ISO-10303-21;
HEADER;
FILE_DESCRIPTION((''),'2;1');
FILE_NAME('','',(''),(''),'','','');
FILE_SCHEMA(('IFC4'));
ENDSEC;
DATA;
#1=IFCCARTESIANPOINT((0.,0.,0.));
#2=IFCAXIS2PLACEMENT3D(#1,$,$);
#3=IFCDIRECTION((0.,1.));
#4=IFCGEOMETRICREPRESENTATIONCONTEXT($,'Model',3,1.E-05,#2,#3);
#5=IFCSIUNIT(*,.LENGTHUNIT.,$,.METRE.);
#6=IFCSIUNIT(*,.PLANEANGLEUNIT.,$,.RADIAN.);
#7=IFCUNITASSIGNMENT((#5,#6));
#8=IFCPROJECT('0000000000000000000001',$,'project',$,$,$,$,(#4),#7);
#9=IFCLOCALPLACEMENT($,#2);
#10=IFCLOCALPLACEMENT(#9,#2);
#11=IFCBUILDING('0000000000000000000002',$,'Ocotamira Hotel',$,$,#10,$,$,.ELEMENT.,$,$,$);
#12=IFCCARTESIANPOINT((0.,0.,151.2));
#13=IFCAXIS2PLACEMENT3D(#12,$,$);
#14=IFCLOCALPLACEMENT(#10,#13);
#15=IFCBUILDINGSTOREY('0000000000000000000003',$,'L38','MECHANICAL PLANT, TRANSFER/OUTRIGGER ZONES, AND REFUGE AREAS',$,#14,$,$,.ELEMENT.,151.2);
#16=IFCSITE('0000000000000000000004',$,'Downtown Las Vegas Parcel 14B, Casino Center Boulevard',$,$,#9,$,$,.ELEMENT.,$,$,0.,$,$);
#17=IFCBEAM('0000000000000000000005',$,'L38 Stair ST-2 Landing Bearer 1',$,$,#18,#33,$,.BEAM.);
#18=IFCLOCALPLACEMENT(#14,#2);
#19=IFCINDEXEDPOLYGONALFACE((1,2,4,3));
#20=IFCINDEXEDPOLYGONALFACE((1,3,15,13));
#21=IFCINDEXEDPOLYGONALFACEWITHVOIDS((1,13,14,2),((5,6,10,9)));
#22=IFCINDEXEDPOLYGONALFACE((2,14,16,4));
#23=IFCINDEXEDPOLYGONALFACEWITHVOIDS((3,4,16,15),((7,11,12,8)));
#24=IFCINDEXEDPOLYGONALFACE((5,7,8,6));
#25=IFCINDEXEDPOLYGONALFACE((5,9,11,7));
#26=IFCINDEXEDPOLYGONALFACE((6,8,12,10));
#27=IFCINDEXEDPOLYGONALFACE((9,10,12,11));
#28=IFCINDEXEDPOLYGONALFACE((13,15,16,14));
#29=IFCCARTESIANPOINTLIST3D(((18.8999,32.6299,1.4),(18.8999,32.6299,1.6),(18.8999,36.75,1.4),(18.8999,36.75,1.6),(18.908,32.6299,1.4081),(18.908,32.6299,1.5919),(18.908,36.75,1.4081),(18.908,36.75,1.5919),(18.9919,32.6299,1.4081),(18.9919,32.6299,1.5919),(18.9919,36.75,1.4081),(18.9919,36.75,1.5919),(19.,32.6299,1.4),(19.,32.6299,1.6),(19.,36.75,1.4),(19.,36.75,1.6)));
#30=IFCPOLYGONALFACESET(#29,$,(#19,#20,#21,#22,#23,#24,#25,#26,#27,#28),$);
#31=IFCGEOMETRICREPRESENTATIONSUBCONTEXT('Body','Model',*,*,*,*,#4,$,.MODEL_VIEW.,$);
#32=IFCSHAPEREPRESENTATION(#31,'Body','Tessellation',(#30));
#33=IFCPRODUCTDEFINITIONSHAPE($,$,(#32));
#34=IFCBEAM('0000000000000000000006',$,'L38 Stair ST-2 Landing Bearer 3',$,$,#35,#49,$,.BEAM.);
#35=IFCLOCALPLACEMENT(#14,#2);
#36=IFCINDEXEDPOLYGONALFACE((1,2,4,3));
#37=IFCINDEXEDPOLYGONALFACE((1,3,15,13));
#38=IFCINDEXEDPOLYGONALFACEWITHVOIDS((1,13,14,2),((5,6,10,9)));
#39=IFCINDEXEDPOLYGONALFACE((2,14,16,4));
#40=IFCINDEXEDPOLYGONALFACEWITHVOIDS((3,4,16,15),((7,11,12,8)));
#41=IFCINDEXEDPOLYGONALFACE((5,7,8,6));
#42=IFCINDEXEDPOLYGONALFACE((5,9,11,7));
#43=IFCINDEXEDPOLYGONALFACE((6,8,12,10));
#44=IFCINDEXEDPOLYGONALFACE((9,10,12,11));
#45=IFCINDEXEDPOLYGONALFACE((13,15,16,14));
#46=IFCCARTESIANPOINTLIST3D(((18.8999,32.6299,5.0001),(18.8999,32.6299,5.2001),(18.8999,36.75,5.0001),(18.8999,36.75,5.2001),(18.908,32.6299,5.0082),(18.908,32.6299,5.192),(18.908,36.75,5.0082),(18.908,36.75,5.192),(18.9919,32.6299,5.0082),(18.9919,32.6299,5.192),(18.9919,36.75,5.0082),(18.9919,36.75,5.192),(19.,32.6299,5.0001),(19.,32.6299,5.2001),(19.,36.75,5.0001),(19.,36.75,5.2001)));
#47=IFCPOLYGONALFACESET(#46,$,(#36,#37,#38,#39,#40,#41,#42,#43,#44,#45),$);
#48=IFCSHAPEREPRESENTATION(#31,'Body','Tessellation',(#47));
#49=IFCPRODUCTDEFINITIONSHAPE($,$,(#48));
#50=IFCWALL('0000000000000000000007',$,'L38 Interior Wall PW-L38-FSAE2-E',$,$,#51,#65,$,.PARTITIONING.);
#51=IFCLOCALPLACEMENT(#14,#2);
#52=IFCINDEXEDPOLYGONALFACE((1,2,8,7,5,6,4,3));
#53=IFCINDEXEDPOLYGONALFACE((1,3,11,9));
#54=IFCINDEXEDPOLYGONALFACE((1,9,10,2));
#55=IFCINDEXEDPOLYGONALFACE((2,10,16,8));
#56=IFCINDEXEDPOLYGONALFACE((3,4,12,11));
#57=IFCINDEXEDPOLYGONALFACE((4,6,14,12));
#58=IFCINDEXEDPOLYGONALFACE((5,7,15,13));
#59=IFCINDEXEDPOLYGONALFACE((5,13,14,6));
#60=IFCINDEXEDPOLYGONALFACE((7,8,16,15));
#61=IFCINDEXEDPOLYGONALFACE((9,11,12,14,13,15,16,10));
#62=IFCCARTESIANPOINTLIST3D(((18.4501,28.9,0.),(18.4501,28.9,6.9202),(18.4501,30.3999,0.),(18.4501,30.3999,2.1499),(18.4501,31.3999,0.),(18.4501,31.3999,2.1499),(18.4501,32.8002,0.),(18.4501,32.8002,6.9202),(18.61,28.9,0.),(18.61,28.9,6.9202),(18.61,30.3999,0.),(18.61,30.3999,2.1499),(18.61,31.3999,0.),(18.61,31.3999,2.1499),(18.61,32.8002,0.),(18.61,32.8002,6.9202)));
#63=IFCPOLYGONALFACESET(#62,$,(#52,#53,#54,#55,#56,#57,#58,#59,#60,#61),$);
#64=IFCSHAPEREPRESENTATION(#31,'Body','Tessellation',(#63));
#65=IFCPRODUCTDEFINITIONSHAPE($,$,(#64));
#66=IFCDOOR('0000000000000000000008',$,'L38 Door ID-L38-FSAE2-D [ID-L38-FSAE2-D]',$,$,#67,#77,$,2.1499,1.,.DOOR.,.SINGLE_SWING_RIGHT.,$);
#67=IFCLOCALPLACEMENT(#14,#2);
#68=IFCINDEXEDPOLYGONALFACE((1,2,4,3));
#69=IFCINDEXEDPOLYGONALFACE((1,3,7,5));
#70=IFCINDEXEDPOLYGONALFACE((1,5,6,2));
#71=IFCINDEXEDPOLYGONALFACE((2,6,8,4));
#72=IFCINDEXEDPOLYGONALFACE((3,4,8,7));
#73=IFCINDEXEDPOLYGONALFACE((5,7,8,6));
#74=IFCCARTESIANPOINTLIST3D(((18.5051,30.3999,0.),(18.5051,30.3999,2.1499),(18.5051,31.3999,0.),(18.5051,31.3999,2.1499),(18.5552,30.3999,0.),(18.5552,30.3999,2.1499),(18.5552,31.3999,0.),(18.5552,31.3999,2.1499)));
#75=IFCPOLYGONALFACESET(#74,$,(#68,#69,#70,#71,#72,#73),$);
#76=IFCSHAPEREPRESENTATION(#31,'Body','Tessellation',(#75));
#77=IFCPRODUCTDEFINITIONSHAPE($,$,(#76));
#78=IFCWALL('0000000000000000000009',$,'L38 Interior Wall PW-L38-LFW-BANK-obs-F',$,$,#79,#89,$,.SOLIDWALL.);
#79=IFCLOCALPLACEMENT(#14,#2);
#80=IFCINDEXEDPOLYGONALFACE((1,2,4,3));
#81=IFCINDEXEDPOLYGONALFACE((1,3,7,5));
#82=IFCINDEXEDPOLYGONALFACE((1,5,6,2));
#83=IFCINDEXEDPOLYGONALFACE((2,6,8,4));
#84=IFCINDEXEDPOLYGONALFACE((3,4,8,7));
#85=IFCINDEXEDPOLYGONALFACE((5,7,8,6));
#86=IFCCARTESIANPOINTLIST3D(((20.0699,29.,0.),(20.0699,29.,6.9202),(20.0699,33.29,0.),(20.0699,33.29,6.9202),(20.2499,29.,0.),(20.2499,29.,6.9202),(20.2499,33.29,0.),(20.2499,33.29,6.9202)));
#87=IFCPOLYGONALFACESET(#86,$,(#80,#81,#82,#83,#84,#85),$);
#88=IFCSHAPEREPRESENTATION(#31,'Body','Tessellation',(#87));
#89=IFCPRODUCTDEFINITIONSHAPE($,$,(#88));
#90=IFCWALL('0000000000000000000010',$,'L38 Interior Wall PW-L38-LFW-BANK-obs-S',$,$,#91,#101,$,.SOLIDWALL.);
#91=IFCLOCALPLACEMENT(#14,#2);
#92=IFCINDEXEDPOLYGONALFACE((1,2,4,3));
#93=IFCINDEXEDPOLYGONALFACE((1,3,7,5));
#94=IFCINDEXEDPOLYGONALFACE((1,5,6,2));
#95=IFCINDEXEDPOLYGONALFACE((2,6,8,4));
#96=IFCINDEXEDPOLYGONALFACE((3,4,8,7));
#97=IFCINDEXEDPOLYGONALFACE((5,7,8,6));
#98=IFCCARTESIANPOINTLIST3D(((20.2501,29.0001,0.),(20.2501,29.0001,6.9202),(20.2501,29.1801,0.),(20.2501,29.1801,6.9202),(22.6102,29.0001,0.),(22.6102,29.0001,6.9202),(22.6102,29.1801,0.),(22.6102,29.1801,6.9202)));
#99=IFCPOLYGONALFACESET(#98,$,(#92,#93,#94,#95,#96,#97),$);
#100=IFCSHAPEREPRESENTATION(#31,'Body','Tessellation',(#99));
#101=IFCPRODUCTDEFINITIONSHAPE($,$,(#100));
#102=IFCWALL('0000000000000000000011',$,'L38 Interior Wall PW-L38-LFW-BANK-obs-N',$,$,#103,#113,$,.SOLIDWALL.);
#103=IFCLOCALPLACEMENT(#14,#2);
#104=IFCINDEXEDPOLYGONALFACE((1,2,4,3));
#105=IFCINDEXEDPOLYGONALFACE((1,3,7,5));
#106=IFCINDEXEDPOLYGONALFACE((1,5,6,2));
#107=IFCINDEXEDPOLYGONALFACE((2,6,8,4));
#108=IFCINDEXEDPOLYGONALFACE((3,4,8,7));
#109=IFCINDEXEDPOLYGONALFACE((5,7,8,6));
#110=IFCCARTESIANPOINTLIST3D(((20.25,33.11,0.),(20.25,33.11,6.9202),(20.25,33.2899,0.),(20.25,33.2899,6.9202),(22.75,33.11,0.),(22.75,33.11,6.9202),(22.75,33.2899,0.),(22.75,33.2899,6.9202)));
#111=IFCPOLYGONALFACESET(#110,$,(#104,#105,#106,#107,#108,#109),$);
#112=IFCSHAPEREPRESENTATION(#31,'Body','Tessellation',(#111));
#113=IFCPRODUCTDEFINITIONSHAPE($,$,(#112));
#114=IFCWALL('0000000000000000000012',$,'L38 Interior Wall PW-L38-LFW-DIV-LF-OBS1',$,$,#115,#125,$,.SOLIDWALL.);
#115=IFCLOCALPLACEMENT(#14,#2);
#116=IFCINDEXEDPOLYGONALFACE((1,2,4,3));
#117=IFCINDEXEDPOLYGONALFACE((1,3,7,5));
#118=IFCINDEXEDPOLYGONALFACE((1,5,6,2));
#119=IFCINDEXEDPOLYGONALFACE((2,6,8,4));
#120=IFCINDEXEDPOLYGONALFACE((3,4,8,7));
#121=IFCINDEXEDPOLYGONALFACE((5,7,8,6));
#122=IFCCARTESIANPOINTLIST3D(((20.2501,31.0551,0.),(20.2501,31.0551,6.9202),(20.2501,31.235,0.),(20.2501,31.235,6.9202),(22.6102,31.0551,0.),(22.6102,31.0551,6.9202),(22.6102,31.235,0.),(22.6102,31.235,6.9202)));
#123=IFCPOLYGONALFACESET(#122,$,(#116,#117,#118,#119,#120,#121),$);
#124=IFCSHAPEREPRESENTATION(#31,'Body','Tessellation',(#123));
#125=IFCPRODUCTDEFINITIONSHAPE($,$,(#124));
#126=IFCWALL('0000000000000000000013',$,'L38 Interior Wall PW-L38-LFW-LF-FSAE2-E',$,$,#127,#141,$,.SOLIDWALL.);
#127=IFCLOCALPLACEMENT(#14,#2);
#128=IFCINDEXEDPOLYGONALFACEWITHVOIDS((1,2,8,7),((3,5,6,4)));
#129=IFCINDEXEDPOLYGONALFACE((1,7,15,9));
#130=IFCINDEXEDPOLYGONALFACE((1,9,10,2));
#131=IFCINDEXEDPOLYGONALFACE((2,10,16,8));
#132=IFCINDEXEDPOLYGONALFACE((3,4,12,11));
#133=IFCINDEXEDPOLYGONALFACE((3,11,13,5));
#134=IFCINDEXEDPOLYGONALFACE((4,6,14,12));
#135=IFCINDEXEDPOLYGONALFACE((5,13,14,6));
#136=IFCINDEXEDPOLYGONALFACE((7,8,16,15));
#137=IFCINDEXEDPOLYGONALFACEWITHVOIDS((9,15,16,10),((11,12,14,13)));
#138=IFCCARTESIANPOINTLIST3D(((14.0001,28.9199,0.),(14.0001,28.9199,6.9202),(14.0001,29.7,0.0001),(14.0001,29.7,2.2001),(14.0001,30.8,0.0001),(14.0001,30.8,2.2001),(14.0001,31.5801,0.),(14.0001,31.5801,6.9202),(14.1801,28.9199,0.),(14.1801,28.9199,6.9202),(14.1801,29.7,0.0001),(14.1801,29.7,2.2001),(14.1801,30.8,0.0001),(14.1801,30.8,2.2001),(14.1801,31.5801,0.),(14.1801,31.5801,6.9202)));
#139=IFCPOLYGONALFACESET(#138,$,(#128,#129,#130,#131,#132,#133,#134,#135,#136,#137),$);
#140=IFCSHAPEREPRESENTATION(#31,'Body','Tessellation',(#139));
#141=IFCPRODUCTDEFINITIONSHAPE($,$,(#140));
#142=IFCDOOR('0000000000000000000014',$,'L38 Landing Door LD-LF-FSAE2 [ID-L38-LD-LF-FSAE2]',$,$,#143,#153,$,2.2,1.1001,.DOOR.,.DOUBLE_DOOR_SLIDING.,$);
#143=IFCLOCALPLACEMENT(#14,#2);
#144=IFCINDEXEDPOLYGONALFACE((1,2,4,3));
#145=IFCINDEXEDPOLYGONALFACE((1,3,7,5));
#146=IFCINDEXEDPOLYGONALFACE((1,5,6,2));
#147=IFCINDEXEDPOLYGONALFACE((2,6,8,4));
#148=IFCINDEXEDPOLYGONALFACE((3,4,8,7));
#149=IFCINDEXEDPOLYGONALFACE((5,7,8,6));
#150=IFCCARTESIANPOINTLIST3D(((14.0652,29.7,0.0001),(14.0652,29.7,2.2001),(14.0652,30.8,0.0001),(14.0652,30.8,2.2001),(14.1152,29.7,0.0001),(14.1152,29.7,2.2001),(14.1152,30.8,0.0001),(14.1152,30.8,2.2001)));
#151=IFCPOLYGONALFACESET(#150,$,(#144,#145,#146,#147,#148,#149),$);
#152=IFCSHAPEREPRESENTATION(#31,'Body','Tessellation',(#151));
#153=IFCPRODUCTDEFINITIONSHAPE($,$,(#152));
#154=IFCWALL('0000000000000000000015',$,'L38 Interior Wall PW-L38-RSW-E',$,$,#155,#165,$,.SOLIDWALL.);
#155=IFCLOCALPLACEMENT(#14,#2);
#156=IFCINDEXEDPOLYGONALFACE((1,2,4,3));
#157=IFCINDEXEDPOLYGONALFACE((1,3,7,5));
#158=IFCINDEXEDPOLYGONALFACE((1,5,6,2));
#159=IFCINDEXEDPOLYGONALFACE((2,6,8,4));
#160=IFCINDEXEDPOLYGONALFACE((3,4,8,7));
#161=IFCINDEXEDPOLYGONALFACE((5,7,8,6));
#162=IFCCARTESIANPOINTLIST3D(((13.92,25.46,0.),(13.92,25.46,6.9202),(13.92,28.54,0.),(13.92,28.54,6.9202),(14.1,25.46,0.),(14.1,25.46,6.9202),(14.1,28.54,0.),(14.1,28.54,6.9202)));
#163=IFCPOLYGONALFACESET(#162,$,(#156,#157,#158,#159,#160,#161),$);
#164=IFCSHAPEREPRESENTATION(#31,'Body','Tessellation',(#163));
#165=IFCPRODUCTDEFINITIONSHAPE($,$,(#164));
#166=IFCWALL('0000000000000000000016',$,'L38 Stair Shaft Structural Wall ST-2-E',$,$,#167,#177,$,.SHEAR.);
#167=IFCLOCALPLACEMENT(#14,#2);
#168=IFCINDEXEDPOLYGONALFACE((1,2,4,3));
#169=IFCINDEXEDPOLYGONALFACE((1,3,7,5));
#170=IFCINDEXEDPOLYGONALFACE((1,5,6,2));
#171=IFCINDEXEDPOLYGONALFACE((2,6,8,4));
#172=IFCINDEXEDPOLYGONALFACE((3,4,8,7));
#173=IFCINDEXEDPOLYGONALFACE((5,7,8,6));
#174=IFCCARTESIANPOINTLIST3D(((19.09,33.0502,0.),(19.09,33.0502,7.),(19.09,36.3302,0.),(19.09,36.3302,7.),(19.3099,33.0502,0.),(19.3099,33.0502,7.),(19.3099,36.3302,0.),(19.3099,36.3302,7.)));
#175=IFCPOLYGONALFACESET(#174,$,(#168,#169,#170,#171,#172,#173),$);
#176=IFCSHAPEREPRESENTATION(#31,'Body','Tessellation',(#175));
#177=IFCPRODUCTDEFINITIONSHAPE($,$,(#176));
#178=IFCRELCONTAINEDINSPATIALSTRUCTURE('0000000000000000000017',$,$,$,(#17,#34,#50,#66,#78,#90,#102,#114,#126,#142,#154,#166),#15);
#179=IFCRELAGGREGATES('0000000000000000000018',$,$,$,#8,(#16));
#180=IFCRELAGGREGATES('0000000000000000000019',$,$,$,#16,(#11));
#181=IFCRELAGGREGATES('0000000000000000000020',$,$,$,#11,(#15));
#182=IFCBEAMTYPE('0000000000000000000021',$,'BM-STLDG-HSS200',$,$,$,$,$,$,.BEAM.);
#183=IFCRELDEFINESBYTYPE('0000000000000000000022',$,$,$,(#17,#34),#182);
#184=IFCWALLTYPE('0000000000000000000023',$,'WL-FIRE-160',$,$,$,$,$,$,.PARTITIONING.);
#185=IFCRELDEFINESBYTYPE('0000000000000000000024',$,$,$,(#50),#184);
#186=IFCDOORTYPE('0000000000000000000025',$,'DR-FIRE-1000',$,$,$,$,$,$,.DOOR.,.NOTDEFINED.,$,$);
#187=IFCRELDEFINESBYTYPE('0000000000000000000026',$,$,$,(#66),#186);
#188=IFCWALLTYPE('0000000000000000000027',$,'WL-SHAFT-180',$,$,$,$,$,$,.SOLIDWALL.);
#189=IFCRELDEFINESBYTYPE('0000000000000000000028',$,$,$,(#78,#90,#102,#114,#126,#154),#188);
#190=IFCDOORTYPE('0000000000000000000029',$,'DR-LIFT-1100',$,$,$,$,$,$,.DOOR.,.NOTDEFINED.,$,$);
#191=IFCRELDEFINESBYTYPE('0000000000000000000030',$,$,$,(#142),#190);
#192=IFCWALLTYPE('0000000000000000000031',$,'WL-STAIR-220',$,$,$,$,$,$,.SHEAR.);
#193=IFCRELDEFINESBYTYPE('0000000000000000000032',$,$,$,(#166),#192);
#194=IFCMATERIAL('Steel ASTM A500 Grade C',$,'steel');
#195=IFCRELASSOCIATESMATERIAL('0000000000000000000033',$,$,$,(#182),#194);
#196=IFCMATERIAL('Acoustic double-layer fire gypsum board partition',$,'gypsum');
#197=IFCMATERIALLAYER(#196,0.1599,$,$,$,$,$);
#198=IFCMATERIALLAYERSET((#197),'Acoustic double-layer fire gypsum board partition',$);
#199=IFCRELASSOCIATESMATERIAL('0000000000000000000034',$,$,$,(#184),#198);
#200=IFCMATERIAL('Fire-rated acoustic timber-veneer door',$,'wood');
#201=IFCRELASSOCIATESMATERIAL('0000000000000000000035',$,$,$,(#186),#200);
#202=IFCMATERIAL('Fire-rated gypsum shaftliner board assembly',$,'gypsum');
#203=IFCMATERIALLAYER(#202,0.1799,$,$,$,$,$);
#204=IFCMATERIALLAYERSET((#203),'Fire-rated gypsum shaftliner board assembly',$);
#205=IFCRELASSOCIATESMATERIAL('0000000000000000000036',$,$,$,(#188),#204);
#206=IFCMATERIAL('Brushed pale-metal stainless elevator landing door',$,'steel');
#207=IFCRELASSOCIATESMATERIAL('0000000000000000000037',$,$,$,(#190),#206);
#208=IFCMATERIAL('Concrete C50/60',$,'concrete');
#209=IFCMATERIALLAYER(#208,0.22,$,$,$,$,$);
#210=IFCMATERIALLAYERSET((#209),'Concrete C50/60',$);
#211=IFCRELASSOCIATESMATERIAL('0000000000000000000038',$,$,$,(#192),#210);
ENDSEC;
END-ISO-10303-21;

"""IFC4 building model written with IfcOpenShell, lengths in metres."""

from ifc_helpers import new_model, si_unit, direction, frame, frame_2d, origin, origin_2d, place, context, subcontext, project, spatial, rectangle, hollow_rectangle, extrude, source, transform, mapped, material, layer, layer_set, material_profile, profile_set, type_object, element, fill, save


model = new_model("IFC4")

# Units and contexts
model_context = context("Model", 3, precision=1e-05, world=origin(), true_north=direction((0.0, 1.0)))
body_context = subcontext(model_context, "Body", "Model", "MODEL_VIEW")
ifc_project = project(units=[si_unit("LENGTHUNIT", "METRE"), si_unit("PLANEANGLEUNIT", "RADIAN")], contexts=[model_context])

# Site, building, storey
site_placement = place(None, origin())
site = spatial("IfcSite", under=ifc_project, at=site_placement, Name="Downtown Las Vegas Parcel 14B, Casino Center Boulevard", CompositionType="ELEMENT", RefElevation=0.0)
building_placement = place(site_placement, origin())
building = spatial("IfcBuilding", under=site, at=building_placement, Name="Ocotamira Hotel", CompositionType="ELEMENT")
storey_placement = place(building_placement, frame((0.0, 0.0, 151.2)))
storey = spatial("IfcBuildingStorey", under=building, at=storey_placement, Name="L38", Description="MECHANICAL PLANT, TRANSFER/OUTRIGGER ZONES, AND REFUGE AREAS", CompositionType="ELEMENT", Elevation=151.2)

# Beams
ifc_material_1 = material(Name="Steel ASTM A500 Grade C", Category="steel")
ifc_material_profile = material_profile(ifc_material_1, hollow_rectangle(XDim=0.1001, YDim=0.2, WallThickness=0.0081, at=origin_2d()), Name="HSS200X100X8")
ifc_profile_set = profile_set([ifc_material_profile], Name="Steel ASTM A500 Grade C")
beam_type = type_object("IfcBeamType", Name="BM-STLDG-HSS200", PredefinedType="BEAM", material=ifc_profile_set)
shared_shape_1 = source(origin(), body_context, "Body", "SweptSolid", [
    extrude(hollow_rectangle(XDim=0.1001, YDim=0.2, WallThickness=0.0081, at=origin_2d()), origin(), (0.0, 0.0, 1.0), 4.1201),
])
for number, where, z_axis, x_axis, name in (
    (1, (18.95, 32.6299, 1.5), (0.0, 1.0, 0.0), (-1.0, 0.0, 0.0), "L38 Stair ST-2 Landing Bearer 1"),
    (2, (18.95, 32.6299, 5.1001), (0.0, 1.0, 0.0), (-1.0, 0.0, 0.0), "L38 Stair ST-2 Landing Bearer 3"),
):
    element("IfcBeam", number, at=place(storey_placement, frame(where, z_axis=z_axis, x_axis=x_axis)), inside=storey, type_object=beam_type, Name=name, PredefinedType="BEAM", context=body_context, shape_type="MappedRepresentation", body=[
        mapped(shared_shape_1, transform((0.0, 0.0, 0.0), scale=1.0)),
    ])

# Wall, opening, door
ifc_material_2 = material(Name="Acoustic double-layer fire gypsum board partition", Category="gypsum")
ifc_layer_1 = layer(ifc_material_2, 0.1599)
ifc_layer_set_1 = layer_set([ifc_layer_1], Name="Acoustic double-layer fire gypsum board partition")
wall_type_1 = type_object("IfcWallType", Name="WL-FIRE-160", PredefinedType="PARTITIONING", material=ifc_layer_set_1)
wall_1_placement = place(storey_placement, frame((18.53, 28.8999, 0.0), z_axis=(0.0, 0.0, 1.0), x_axis=(0.0, 1.0, 0.0)))
wall_1 = element("IfcWall", 3, at=wall_1_placement, inside=storey, type_object=wall_type_1, Name="L38 Interior Wall PW-L38-FSAE2-E", PredefinedType="PARTITIONING", context=body_context, shape_type="SweptSolid", body=[
    extrude(rectangle(XDim=3.9001, YDim=0.1599, at=frame_2d((1.9502, 0.0))), origin(), (0.0, 0.0, 1.0), 6.9202),
])
opening_1_placement = place(wall_1_placement, frame((1.5, 0.0, 0.0)))
opening_1 = element("IfcOpeningElement", 4, at=opening_1_placement, cuts=wall_1, PredefinedType="OPENING", context=body_context, shape_type="SweptSolid", body=[
    extrude(rectangle(XDim=1.0, YDim=2.1499, at=frame_2d((0.5, 1.075))), frame((0.0, 0.0898, 0.0), z_axis=(0.0, -1.0, 0.0), x_axis=(1.0, 0.0, 0.0)), (0.0, 0.0, 1.0), 0.1799),
])
ifc_material_3 = material(Name="Fire-rated acoustic timber-veneer door", Category="wood")
door_type_1 = type_object("IfcDoorType", Name="DR-FIRE-1000", OperationType="NOTDEFINED", PredefinedType="DOOR", material=ifc_material_3)
shared_shape_2 = source(origin(), body_context, "Body", "SweptSolid", [
    extrude(rectangle(XDim=1.0, YDim=2.1499, at=frame_2d((0.5, 1.075))), frame((0.0, 0.0249, 0.0), z_axis=(0.0, -1.0, 0.0), x_axis=(1.0, 0.0, 0.0)), (0.0, 0.0, 1.0), 0.05),
])
door_1_placement = place(opening_1_placement, origin())
door_1 = element("IfcDoor", 5, at=door_1_placement, inside=storey, type_object=door_type_1, Name="L38 Door ID-L38-FSAE2-D [ID-L38-FSAE2-D]", OperationType="SINGLE_SWING_RIGHT", OverallHeight=2.1499, OverallWidth=1.0, PredefinedType="DOOR", context=body_context, shape_type="MappedRepresentation", body=[
    mapped(shared_shape_2, transform((0.0, 0.0, 0.0), scale=1.0)),
])
fill(opening_1, door_1)

# Walls
ifc_material_4 = material(Name="Fire-rated gypsum shaftliner board assembly", Category="gypsum")
ifc_layer_2 = layer(ifc_material_4, 0.1799)
ifc_layer_set_2 = layer_set([ifc_layer_2], Name="Fire-rated gypsum shaftliner board assembly")
wall_type_2 = type_object("IfcWallType", Name="WL-SHAFT-180", PredefinedType="SOLIDWALL", material=ifc_layer_set_2)
wall_2_placement = place(storey_placement, frame((20.1599, 29.0, 0.0), z_axis=(0.0, 0.0, 1.0), x_axis=(0.0, 1.0, 0.0)))
element("IfcWall", 6, at=wall_2_placement, inside=storey, type_object=wall_type_2, Name="L38 Interior Wall PW-L38-LFW-BANK-obs-F", PredefinedType="SOLIDWALL", context=body_context, shape_type="SweptSolid", body=[
    extrude(rectangle(XDim=4.29, YDim=0.1799, at=frame_2d((2.145, 0.0))), origin(), (0.0, 0.0, 1.0), 6.9202),
])
wall_3_placement = place(storey_placement, frame((20.25, 29.0901, 0.0), z_axis=(0.0, 0.0, 1.0), x_axis=(1.0, 0.0, 0.0)))
element("IfcWall", 7, at=wall_3_placement, inside=storey, type_object=wall_type_2, Name="L38 Interior Wall PW-L38-LFW-BANK-obs-S", PredefinedType="SOLIDWALL", context=body_context, shape_type="SweptSolid", body=[
    extrude(rectangle(XDim=2.3601, YDim=0.1799, at=frame_2d((1.1802, 0.0))), origin(), (0.0, 0.0, 1.0), 6.9202),
])
wall_4_placement = place(storey_placement, frame((20.25, 33.2, 0.0), z_axis=(0.0, 0.0, 1.0), x_axis=(1.0, 0.0, 0.0)))
element("IfcWall", 8, at=wall_4_placement, inside=storey, type_object=wall_type_2, Name="L38 Interior Wall PW-L38-LFW-BANK-obs-N", PredefinedType="SOLIDWALL", context=body_context, shape_type="SweptSolid", body=[
    extrude(rectangle(XDim=2.5, YDim=0.1799, at=frame_2d((1.25, 0.0))), origin(), (0.0, 0.0, 1.0), 6.9202),
])
wall_5_placement = place(storey_placement, frame((20.25, 31.145, 0.0), z_axis=(0.0, 0.0, 1.0), x_axis=(1.0, 0.0, 0.0)))
element("IfcWall", 9, at=wall_5_placement, inside=storey, type_object=wall_type_2, Name="L38 Interior Wall PW-L38-LFW-DIV-LF-OBS1", PredefinedType="SOLIDWALL", context=body_context, shape_type="SweptSolid", body=[
    extrude(rectangle(XDim=2.3601, YDim=0.1799, at=frame_2d((1.1802, 0.0))), origin(), (0.0, 0.0, 1.0), 6.9202),
])

# Wall, opening, door
wall_6_placement = place(storey_placement, frame((14.0901, 28.9199, 0.0), z_axis=(0.0, 0.0, 1.0), x_axis=(0.0, 1.0, 0.0)))
wall_6 = element("IfcWall", 10, at=wall_6_placement, inside=storey, type_object=wall_type_2, Name="L38 Interior Wall PW-L38-LFW-LF-FSAE2-E", PredefinedType="SOLIDWALL", context=body_context, shape_type="SweptSolid", body=[
    extrude(rectangle(XDim=2.6602, YDim=0.1799, at=frame_2d((1.3301, 0.0))), origin(), (0.0, 0.0, 1.0), 6.9202),
])
opening_2_placement = place(wall_6_placement, frame((0.78, 0.0, 0.0)))
opening_2 = element("IfcOpeningElement", 11, at=opening_2_placement, cuts=wall_6, PredefinedType="OPENING", context=body_context, shape_type="SweptSolid", body=[
    extrude(rectangle(XDim=1.1001, YDim=2.2, at=frame_2d((0.55, 1.1001))), frame((0.0, 0.1001, 0.0), z_axis=(0.0, -1.0, 0.0), x_axis=(1.0, 0.0, 0.0)), (0.0, 0.0, 1.0), 0.2),
])
ifc_material_5 = material(Name="Brushed pale-metal stainless elevator landing door", Category="steel")
door_type_2 = type_object("IfcDoorType", Name="DR-LIFT-1100", OperationType="NOTDEFINED", PredefinedType="DOOR", material=ifc_material_5)
shared_shape_3 = source(origin(), body_context, "Body", "SweptSolid", [
    extrude(rectangle(XDim=1.1001, YDim=2.2, at=frame_2d((0.55, 1.1001))), frame((0.0, 0.0249, 0.0), z_axis=(0.0, -1.0, 0.0), x_axis=(1.0, 0.0, 0.0)), (0.0, 0.0, 1.0), 0.05),
])
door_2_placement = place(opening_2_placement, origin())
door_2 = element("IfcDoor", 12, at=door_2_placement, inside=storey, type_object=door_type_2, Name="L38 Landing Door LD-LF-FSAE2 [ID-L38-LD-LF-FSAE2]", OperationType="DOUBLE_DOOR_SLIDING", OverallHeight=2.2, OverallWidth=1.1001, PredefinedType="DOOR", context=body_context, shape_type="MappedRepresentation", body=[
    mapped(shared_shape_3, transform((0.0, 0.0, 0.0), scale=1.0)),
])
fill(opening_2, door_2)

# Walls
wall_7_placement = place(storey_placement, frame((14.01, 25.46, 0.0), z_axis=(0.0, 0.0, 1.0), x_axis=(0.0, 1.0, 0.0)))
element("IfcWall", 13, at=wall_7_placement, inside=storey, type_object=wall_type_2, Name="L38 Interior Wall PW-L38-RSW-E", PredefinedType="SOLIDWALL", context=body_context, shape_type="SweptSolid", body=[
    extrude(rectangle(XDim=3.0801, YDim=0.1799, at=frame_2d((1.54, 0.0))), origin(), (0.0, 0.0, 1.0), 6.9202),
])
ifc_material_6 = material(Name="Concrete C50/60", Category="concrete")
ifc_layer_3 = layer(ifc_material_6, 0.22)
ifc_layer_set_3 = layer_set([ifc_layer_3], Name="Concrete C50/60")
wall_type_3 = type_object("IfcWallType", Name="WL-STAIR-220", PredefinedType="SHEAR", material=ifc_layer_set_3)
wall_8_placement = place(storey_placement, frame((19.2, 33.05, 0.0), z_axis=(0.0, 0.0, 1.0), x_axis=(0.0, 1.0, 0.0)))
element("IfcWall", 14, at=wall_8_placement, inside=storey, type_object=wall_type_3, Name="L38 Stair Shaft Structural Wall ST-2-E", PredefinedType="SHEAR", context=body_context, shape_type="SweptSolid", body=[
    extrude(rectangle(XDim=3.28, YDim=0.22, at=frame_2d((1.6401, 0.0))), origin(), (0.0, 0.0, 1.0), 7.0),
])

save(model, "model.ifc")
